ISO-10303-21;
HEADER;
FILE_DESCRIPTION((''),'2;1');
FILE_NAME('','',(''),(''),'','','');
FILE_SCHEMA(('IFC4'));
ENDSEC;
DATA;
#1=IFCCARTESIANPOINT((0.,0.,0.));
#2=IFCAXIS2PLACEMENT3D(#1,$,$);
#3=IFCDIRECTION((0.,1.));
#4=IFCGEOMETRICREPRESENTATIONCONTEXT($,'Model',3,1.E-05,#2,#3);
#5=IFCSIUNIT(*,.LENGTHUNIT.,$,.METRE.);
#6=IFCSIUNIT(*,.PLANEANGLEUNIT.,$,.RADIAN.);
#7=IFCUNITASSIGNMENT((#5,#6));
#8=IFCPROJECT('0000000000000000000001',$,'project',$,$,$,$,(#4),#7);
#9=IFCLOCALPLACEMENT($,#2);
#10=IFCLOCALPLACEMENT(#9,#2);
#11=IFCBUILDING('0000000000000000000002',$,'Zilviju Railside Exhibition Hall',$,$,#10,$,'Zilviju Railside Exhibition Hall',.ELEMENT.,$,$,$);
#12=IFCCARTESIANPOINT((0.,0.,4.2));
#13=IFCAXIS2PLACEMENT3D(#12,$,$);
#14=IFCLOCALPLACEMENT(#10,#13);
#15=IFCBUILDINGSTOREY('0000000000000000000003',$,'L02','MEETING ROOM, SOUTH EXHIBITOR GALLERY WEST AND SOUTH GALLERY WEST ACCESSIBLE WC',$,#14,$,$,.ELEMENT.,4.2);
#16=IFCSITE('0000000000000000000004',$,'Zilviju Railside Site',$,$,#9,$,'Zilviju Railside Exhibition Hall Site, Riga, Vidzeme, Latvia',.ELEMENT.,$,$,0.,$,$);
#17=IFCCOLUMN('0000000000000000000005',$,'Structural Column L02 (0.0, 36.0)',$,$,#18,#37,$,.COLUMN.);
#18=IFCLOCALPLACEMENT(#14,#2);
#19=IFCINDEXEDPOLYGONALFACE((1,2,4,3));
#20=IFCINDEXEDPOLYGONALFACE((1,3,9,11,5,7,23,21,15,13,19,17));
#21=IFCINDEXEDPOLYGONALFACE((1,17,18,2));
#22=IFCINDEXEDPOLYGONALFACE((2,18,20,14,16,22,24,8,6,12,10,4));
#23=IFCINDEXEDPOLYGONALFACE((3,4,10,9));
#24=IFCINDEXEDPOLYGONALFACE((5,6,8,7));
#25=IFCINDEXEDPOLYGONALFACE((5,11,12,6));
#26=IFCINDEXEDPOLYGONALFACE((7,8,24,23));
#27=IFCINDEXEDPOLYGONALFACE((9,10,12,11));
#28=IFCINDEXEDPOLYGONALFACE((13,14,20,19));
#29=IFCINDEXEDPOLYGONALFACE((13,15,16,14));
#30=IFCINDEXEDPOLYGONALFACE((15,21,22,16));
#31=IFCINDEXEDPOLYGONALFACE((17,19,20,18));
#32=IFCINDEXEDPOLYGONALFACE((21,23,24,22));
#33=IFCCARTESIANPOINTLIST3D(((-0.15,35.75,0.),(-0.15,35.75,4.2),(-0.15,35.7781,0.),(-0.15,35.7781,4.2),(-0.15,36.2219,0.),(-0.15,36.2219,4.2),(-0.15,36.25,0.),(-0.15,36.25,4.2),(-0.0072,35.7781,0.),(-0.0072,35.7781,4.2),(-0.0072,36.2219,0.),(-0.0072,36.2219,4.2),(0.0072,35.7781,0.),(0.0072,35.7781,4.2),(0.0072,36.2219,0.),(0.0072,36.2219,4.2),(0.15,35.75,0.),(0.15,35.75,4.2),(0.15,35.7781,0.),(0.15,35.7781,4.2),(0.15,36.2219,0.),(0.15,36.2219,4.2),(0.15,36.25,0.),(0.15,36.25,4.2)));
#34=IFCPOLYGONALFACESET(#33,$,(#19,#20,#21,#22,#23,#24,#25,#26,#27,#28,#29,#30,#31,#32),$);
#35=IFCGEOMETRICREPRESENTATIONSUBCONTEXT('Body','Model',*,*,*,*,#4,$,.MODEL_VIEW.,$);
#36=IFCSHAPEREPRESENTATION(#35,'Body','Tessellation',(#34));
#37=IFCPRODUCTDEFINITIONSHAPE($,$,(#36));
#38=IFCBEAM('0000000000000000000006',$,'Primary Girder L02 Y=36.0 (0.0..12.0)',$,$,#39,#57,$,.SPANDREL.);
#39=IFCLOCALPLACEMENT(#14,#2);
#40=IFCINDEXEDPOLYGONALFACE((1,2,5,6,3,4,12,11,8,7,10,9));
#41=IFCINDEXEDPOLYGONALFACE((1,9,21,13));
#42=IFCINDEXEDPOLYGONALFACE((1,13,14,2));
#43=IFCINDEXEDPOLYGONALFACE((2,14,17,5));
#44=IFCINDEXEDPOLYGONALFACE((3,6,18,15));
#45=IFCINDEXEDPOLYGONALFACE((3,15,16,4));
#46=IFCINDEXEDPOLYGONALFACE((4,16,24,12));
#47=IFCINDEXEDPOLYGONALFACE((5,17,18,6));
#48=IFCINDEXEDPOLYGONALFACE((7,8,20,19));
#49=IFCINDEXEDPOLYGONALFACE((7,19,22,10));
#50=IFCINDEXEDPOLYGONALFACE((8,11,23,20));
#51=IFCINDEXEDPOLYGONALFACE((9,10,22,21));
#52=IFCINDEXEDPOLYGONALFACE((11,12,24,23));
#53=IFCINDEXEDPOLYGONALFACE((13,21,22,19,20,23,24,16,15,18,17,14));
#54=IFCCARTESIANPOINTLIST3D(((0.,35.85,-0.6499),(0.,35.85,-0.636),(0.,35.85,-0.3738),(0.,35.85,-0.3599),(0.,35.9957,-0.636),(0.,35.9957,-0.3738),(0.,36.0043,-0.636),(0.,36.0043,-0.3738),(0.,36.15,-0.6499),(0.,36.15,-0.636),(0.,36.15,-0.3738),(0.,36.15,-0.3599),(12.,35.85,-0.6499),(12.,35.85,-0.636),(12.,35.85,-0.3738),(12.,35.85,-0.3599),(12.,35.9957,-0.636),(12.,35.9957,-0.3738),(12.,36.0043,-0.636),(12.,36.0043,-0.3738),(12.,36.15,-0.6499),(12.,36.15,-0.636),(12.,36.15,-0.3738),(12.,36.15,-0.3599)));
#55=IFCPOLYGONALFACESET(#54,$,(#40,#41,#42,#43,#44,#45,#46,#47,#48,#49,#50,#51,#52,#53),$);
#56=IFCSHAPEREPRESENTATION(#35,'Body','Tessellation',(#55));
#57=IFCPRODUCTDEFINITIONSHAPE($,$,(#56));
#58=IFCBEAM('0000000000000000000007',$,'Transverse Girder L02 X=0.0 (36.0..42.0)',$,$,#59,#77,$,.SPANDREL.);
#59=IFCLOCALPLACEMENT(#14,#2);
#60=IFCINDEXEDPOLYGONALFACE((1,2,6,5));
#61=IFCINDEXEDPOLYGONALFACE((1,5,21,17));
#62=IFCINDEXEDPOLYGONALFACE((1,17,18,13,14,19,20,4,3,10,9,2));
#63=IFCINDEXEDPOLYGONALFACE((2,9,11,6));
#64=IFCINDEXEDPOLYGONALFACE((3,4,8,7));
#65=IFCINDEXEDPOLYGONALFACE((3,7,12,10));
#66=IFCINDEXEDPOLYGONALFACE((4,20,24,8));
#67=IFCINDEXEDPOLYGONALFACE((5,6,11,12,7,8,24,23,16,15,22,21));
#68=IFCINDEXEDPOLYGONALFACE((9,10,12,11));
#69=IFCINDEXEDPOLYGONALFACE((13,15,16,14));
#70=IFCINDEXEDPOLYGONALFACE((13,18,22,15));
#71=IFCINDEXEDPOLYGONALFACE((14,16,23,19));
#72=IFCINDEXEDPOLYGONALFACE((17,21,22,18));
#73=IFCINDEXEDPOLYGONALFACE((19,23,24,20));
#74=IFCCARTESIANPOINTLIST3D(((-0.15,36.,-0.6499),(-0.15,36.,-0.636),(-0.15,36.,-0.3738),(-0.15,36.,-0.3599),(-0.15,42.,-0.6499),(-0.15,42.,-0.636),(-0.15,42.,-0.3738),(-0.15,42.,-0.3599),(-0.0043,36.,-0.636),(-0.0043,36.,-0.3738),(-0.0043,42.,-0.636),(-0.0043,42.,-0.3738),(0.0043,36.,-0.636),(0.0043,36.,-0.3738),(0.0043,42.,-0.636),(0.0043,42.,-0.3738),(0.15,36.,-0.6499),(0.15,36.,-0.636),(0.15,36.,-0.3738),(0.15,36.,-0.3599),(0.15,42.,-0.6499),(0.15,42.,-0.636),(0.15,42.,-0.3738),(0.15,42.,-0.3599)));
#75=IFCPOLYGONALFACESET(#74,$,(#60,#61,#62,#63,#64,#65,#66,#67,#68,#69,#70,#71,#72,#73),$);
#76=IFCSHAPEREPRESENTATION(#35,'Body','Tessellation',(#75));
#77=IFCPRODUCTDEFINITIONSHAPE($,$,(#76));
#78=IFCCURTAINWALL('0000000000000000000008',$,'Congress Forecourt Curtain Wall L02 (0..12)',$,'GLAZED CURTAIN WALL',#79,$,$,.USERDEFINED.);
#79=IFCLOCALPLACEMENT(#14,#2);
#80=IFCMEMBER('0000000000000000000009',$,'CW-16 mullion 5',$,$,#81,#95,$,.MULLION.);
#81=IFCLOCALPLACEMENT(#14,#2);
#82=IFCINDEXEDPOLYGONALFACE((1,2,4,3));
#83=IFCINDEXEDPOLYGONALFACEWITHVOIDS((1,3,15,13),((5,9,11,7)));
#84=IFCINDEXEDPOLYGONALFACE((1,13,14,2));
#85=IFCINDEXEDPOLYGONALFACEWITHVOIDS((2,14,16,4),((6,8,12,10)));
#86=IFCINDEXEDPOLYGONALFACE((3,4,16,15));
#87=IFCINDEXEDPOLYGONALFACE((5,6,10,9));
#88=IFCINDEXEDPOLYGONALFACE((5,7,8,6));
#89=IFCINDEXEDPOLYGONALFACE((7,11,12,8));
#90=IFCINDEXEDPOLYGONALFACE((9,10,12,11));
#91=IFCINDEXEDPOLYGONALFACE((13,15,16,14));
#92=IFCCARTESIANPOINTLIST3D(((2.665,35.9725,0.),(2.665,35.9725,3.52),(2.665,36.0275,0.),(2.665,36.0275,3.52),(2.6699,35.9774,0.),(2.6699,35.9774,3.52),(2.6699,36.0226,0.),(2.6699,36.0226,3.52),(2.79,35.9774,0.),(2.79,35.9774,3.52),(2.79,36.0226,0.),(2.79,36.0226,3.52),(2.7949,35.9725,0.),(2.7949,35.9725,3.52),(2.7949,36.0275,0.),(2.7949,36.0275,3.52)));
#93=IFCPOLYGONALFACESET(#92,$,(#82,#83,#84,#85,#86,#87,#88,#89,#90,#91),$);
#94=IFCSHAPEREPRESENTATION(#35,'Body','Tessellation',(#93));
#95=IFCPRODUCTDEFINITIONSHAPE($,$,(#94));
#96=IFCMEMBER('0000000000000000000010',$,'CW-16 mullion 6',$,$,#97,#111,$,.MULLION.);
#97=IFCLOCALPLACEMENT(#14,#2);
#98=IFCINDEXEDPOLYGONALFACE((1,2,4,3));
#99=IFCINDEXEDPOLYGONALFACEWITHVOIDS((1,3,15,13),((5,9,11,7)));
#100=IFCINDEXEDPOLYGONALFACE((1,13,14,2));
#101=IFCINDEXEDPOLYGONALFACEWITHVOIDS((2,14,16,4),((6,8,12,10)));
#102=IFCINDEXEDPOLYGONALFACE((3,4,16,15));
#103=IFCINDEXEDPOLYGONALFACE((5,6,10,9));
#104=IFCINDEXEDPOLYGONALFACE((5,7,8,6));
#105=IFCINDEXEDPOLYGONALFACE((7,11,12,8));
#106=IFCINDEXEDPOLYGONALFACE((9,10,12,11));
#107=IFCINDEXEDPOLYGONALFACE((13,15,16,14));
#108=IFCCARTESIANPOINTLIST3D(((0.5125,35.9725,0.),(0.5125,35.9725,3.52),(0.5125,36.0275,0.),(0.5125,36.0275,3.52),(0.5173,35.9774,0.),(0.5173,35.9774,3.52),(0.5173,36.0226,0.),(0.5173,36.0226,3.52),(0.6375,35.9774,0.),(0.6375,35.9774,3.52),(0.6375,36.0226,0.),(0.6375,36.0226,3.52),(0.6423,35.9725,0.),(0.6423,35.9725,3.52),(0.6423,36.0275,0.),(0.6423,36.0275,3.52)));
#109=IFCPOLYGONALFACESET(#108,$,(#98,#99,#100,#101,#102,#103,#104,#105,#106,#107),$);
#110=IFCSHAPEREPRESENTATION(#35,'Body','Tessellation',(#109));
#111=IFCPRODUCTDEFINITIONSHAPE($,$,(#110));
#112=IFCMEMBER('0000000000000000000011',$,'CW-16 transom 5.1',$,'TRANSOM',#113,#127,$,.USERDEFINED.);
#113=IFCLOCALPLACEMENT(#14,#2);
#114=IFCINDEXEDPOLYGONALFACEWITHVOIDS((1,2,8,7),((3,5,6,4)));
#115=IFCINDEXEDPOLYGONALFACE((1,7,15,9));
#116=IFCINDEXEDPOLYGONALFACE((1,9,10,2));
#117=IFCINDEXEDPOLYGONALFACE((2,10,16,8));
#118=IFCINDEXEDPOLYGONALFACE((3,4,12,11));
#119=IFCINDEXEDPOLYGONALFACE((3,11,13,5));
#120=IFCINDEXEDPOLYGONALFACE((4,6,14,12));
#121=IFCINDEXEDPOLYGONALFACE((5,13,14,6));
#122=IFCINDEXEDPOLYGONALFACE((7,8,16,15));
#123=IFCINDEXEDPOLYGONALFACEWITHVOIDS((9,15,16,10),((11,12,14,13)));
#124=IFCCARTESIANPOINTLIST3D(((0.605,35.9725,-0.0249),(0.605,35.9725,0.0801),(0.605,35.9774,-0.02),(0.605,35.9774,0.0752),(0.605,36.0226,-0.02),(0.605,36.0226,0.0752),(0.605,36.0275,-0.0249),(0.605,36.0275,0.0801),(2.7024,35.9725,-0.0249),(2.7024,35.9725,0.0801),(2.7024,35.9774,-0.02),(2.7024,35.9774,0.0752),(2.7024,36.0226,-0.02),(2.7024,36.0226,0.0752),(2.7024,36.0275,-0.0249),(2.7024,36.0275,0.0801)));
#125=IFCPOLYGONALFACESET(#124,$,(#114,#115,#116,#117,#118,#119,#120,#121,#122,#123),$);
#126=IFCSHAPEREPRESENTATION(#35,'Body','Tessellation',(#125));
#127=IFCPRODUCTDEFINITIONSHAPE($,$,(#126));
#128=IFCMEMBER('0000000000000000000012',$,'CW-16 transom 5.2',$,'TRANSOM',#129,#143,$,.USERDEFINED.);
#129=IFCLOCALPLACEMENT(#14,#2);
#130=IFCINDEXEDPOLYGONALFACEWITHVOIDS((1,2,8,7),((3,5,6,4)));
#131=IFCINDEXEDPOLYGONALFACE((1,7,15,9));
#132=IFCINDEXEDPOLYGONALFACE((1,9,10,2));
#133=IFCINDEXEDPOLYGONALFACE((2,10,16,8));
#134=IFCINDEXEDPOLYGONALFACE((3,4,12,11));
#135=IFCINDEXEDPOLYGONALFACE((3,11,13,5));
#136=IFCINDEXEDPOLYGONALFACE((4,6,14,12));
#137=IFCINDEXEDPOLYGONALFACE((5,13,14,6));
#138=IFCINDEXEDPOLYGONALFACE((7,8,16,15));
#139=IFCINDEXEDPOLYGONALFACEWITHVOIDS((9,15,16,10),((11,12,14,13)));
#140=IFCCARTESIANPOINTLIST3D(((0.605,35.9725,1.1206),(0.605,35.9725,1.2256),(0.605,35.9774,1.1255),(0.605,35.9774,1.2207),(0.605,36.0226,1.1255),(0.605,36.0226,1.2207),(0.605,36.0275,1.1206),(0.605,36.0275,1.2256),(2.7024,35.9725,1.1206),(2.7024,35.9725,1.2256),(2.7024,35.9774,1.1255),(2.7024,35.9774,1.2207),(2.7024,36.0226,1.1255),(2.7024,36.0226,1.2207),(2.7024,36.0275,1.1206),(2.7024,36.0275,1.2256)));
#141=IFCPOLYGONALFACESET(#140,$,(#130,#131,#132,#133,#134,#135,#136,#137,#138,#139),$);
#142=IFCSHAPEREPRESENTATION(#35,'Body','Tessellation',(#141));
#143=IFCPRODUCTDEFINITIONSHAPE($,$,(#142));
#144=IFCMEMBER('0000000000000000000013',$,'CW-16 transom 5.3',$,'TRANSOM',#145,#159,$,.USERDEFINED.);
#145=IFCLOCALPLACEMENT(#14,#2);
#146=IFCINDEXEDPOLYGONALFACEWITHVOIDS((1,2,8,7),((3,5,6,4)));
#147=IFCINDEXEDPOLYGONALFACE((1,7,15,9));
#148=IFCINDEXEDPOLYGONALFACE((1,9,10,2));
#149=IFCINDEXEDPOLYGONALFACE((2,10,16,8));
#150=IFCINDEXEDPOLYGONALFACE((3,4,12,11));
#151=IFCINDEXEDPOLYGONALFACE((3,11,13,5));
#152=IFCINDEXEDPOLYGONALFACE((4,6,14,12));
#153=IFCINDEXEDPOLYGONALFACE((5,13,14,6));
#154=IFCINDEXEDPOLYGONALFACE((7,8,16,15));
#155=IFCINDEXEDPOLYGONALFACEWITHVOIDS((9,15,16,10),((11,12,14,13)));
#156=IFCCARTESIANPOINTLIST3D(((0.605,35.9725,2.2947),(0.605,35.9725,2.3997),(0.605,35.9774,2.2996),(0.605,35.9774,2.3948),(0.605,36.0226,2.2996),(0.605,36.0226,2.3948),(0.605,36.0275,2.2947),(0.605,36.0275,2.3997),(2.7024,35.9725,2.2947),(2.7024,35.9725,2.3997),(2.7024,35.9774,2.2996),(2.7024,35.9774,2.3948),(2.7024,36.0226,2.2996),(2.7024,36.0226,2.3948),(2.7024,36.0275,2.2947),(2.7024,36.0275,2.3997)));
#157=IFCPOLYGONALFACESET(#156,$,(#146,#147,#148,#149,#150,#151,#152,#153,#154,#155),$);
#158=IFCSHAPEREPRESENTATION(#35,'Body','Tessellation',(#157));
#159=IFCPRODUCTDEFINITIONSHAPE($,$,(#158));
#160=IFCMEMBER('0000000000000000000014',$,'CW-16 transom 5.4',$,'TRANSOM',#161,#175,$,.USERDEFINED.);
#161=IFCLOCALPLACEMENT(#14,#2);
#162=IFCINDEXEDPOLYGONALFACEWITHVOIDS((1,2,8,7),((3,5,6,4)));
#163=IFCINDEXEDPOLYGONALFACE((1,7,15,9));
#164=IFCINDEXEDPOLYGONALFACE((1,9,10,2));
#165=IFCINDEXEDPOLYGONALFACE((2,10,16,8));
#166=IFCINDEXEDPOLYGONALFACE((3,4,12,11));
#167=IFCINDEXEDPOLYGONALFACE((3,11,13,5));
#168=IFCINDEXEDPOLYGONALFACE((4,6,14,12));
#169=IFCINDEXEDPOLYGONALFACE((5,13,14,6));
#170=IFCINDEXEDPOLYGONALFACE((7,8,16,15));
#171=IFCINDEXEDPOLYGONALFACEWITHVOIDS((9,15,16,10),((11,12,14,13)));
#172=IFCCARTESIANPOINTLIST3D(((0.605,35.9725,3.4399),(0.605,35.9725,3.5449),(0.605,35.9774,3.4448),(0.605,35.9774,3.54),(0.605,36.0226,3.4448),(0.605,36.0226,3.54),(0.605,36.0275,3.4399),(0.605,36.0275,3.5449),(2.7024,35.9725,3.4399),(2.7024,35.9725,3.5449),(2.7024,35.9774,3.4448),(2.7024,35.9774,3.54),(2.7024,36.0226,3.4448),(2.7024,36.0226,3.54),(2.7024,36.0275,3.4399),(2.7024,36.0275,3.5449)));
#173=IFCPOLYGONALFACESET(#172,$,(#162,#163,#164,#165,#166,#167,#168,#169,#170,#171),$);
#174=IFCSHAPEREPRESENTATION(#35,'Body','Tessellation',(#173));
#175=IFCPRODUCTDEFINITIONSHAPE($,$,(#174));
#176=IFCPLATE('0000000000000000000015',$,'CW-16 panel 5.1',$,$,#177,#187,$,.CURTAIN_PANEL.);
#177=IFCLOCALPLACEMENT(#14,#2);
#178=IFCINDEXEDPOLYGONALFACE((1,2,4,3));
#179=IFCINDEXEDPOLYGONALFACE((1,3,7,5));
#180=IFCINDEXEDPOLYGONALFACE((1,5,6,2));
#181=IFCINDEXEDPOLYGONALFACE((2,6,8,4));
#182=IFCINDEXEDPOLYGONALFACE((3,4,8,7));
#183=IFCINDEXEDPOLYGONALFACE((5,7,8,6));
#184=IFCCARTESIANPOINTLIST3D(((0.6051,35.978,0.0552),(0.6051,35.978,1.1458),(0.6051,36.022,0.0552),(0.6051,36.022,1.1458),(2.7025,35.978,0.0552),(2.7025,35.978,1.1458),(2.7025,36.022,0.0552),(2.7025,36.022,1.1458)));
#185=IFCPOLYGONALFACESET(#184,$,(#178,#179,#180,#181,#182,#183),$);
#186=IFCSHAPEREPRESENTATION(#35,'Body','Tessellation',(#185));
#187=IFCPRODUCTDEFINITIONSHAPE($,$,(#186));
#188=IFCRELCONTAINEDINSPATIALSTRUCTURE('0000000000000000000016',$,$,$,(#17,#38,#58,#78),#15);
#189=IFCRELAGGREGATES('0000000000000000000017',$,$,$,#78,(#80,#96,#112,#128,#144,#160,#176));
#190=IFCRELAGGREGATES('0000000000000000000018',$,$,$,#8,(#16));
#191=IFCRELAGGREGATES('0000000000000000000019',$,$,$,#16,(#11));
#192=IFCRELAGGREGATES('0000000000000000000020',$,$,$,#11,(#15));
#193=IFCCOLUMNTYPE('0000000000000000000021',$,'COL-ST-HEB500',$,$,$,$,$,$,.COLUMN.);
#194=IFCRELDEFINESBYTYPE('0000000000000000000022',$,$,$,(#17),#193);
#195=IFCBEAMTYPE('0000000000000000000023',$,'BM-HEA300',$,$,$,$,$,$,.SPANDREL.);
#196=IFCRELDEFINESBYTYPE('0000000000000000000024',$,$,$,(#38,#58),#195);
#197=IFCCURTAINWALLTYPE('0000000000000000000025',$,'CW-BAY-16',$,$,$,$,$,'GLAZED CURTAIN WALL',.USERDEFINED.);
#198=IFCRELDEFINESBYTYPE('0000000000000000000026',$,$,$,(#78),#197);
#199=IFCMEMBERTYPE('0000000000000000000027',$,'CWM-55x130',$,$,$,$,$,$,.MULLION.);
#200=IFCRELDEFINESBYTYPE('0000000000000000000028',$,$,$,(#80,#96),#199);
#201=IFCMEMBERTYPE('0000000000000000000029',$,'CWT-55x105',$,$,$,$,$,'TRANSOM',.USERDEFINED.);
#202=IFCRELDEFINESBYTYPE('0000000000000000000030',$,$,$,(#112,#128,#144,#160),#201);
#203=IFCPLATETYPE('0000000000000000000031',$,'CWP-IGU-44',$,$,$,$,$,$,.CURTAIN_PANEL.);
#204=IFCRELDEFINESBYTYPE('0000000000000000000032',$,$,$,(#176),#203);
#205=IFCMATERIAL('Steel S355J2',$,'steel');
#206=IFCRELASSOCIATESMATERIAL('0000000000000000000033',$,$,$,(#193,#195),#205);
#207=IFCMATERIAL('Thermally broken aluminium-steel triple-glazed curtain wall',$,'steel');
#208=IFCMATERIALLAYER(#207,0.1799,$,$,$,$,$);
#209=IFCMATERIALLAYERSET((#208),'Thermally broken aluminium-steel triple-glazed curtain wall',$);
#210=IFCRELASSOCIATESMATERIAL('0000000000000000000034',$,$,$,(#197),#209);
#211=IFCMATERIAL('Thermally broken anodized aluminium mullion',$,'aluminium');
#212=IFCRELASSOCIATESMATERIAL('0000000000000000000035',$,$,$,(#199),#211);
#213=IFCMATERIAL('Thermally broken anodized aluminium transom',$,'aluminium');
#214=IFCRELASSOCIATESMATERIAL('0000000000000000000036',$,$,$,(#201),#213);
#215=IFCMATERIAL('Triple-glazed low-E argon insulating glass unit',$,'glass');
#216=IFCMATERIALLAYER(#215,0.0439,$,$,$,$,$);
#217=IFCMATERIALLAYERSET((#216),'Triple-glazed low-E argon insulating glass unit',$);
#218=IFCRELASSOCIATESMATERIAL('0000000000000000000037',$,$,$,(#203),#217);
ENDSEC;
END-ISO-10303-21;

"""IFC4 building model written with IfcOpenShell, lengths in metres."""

from ifc_helpers import new_model, si_unit, direction, frame, origin, origin_2d, place, context, subcontext, project, spatial, rectangle, hollow_rectangle, i_section, extrude, material, layer, layer_set, material_profile, profile_set, type_object, element, aggregate, save


model = new_model("IFC4")

# Units and contexts
model_context = context("Model", 3, precision=1e-05, world=origin(), true_north=direction((0.0, 1.0)))
body_context = subcontext(model_context, "Body", "Model", "MODEL_VIEW")
ifc_project = project(units=[si_unit("LENGTHUNIT", "METRE"), si_unit("PLANEANGLEUNIT", "RADIAN")], contexts=[model_context])

# Site, building, storey
site_placement = place(None, origin())
site = spatial("IfcSite", under=ifc_project, at=site_placement, Name="Zilviju Railside Site", LongName="Zilviju Railside Exhibition Hall Site, Riga, Vidzeme, Latvia", CompositionType="ELEMENT", RefElevation=0.0)
building_placement = place(site_placement, origin())
building = spatial("IfcBuilding", under=site, at=building_placement, Name="Zilviju Railside Exhibition Hall", LongName="Zilviju Railside Exhibition Hall", CompositionType="ELEMENT")
storey_placement = place(building_placement, frame((0.0, 0.0, 4.2)))
storey = spatial("IfcBuildingStorey", under=building, at=storey_placement, Name="L02", Description="MEETING ROOM, SOUTH EXHIBITOR GALLERY WEST AND SOUTH GALLERY WEST ACCESSIBLE WC", CompositionType="ELEMENT", Elevation=4.2)

# Column
ifc_material_1 = material(Name="Steel S355J2", Category="steel")
ifc_material_profile_1 = material_profile(ifc_material_1, i_section(OverallWidth=0.3, OverallDepth=0.5, WebThickness=0.0144, FlangeThickness=0.0281, at=origin_2d()), Name="HEB 500")
ifc_profile_set_1 = profile_set([ifc_material_profile_1], Name="Steel S355J2")
column_type = type_object("IfcColumnType", Name="COL-ST-HEB500", PredefinedType="COLUMN", material=ifc_profile_set_1)
column_placement = place(storey_placement, frame((0.0, 36.0, 0.0), z_axis=(0.0, 0.0, 1.0), x_axis=(1.0, 0.0, 0.0)))
element("IfcColumn", 1, at=column_placement, inside=storey, type_object=column_type, Name="Structural Column L02 (0.0, 36.0)", PredefinedType="COLUMN", context=body_context, shape_type="SweptSolid", body=[
    extrude(i_section(OverallWidth=0.3, OverallDepth=0.5, WebThickness=0.0144, FlangeThickness=0.0281, at=origin_2d()), origin(), (0.0, 0.0, 1.0), 4.2),
])

# Beams
ifc_material_profile_2 = material_profile(ifc_material_1, i_section(OverallWidth=0.3, OverallDepth=0.29, WebThickness=0.0085, FlangeThickness=0.0139, at=origin_2d()), Name="HEA 300")
ifc_profile_set_2 = profile_set([ifc_material_profile_2], Name="Steel S355J2")
beam_type = type_object("IfcBeamType", Name="BM-HEA300", PredefinedType="SPANDREL", material=ifc_profile_set_2)
beam_1_placement = place(storey_placement, frame((0.0, 36.0, -0.5049), z_axis=(1.0, 0.0, 0.0), x_axis=(0.0, 1.0, 0.0)))
element("IfcBeam", 2, at=beam_1_placement, inside=storey, type_object=beam_type, Name="Primary Girder L02 Y=36.0 (0.0..12.0)", PredefinedType="SPANDREL", context=body_context, shape_type="SweptSolid", body=[
    extrude(i_section(OverallWidth=0.3, OverallDepth=0.29, WebThickness=0.0085, FlangeThickness=0.0139, at=origin_2d()), origin(), (0.0, 0.0, 1.0), 12.0),
])
beam_2_placement = place(storey_placement, frame((0.0, 36.0, -0.5049), z_axis=(0.0, 1.0, 0.0), x_axis=(-1.0, 0.0, 0.0)))
element("IfcBeam", 3, at=beam_2_placement, inside=storey, type_object=beam_type, Name="Transverse Girder L02 X=0.0 (36.0..42.0)", PredefinedType="SPANDREL", context=body_context, shape_type="SweptSolid", body=[
    extrude(i_section(OverallWidth=0.3, OverallDepth=0.29, WebThickness=0.0085, FlangeThickness=0.0139, at=origin_2d()), origin(), (0.0, 0.0, 1.0), 6.0),
])

# Curtain wall, members, plate
ifc_material_2 = material(Name="Thermally broken aluminium-steel triple-glazed curtain wall", Category="steel")
ifc_layer_1 = layer(ifc_material_2, 0.1799)
ifc_layer_set_1 = layer_set([ifc_layer_1], Name="Thermally broken aluminium-steel triple-glazed curtain wall")
curtain_wall_type = type_object("IfcCurtainWallType", Name="CW-BAY-16", ElementType="GLAZED CURTAIN WALL", PredefinedType="USERDEFINED", material=ifc_layer_set_1)
curtain_wall_placement = place(storey_placement, origin())
curtain_wall = element("IfcCurtainWall", 4, at=curtain_wall_placement, inside=storey, type_object=curtain_wall_type, Name="Congress Forecourt Curtain Wall L02 (0..12)", ObjectType="GLAZED CURTAIN WALL", PredefinedType="USERDEFINED")
ifc_material_3 = material(Name="Thermally broken anodized aluminium mullion", Category="aluminium")
ifc_material_profile_3 = material_profile(ifc_material_3, hollow_rectangle(XDim=0.0549, YDim=0.1299, WallThickness=0.0049, at=origin_2d()), Name="MULLION 130x55x5")
ifc_profile_set_3 = profile_set([ifc_material_profile_3], Name="Thermally broken anodized aluminium mullion")
member_type_1 = type_object("IfcMemberType", Name="CWM-55x130", PredefinedType="MULLION", material=ifc_profile_set_3)
member_1_placement = place(storey_placement, frame((2.73, 36.0, 0.0), z_axis=(0.0, 0.0, 1.0), x_axis=(0.0, -1.0, 0.0)))
member_1 = element("IfcMember", 5, at=member_1_placement, type_object=member_type_1, Name="CW-16 mullion 5", PredefinedType="MULLION", context=body_context, shape_type="SweptSolid", body=[
    extrude(hollow_rectangle(XDim=0.0549, YDim=0.1299, WallThickness=0.0049, at=origin_2d()), origin(), (0.0, 0.0, 1.0), 3.52),
])
member_2_placement = place(storey_placement, frame((0.5774, 36.0, 0.0), z_axis=(0.0, 0.0, 1.0), x_axis=(0.0, -1.0, 0.0)))
member_2 = element("IfcMember", 6, at=member_2_placement, type_object=member_type_1, Name="CW-16 mullion 6", PredefinedType="MULLION", context=body_context, shape_type="SweptSolid", body=[
    extrude(hollow_rectangle(XDim=0.0549, YDim=0.1299, WallThickness=0.0049, at=origin_2d()), origin(), (0.0, 0.0, 1.0), 3.52),
])
ifc_material_4 = material(Name="Thermally broken anodized aluminium transom", Category="aluminium")
ifc_material_profile_4 = material_profile(ifc_material_4, hollow_rectangle(XDim=0.0549, YDim=0.105, WallThickness=0.0049, at=origin_2d()), Name="TRANSOM 105x55x5")
ifc_profile_set_4 = profile_set([ifc_material_profile_4], Name="Thermally broken anodized aluminium transom")
member_type_2 = type_object("IfcMemberType", Name="CWT-55x105", ElementType="TRANSOM", PredefinedType="USERDEFINED", material=ifc_profile_set_4)
member_3_placement = place(storey_placement, frame((2.7024, 36.0, 0.0276), z_axis=(-1.0, 0.0, 0.0), x_axis=(0.0, -1.0, 0.0)))
member_3 = element("IfcMember", 7, at=member_3_placement, type_object=member_type_2, Name="CW-16 transom 5.1", ObjectType="TRANSOM", PredefinedType="USERDEFINED", context=body_context, shape_type="SweptSolid", body=[
    extrude(hollow_rectangle(XDim=0.0549, YDim=0.105, WallThickness=0.0049, at=origin_2d()), origin(), (0.0, 0.0, 1.0), 2.0974),
])
member_4_placement = place(storey_placement, frame((2.7024, 36.0, 1.1731), z_axis=(-1.0, 0.0, 0.0), x_axis=(0.0, -1.0, 0.0)))
member_4 = element("IfcMember", 8, at=member_4_placement, type_object=member_type_2, Name="CW-16 transom 5.2", ObjectType="TRANSOM", PredefinedType="USERDEFINED", context=body_context, shape_type="SweptSolid", body=[
    extrude(hollow_rectangle(XDim=0.0549, YDim=0.105, WallThickness=0.0049, at=origin_2d()), origin(), (0.0, 0.0, 1.0), 2.0974),
])
member_5_placement = place(storey_placement, frame((2.7024, 36.0, 2.3472), z_axis=(-1.0, 0.0, 0.0), x_axis=(0.0, -1.0, 0.0)))
member_5 = element("IfcMember", 9, at=member_5_placement, type_object=member_type_2, Name="CW-16 transom 5.3", ObjectType="TRANSOM", PredefinedType="USERDEFINED", context=body_context, shape_type="SweptSolid", body=[
    extrude(hollow_rectangle(XDim=0.0549, YDim=0.105, WallThickness=0.0049, at=origin_2d()), origin(), (0.0, 0.0, 1.0), 2.0974),
])
member_6_placement = place(storey_placement, frame((2.7024, 36.0, 3.4924), z_axis=(-1.0, 0.0, 0.0), x_axis=(0.0, -1.0, 0.0)))
member_6 = element("IfcMember", 10, at=member_6_placement, type_object=member_type_2, Name="CW-16 transom 5.4", ObjectType="TRANSOM", PredefinedType="USERDEFINED", context=body_context, shape_type="SweptSolid", body=[
    extrude(hollow_rectangle(XDim=0.0549, YDim=0.105, WallThickness=0.0049, at=origin_2d()), origin(), (0.0, 0.0, 1.0), 2.0974),
])
ifc_material_5 = material(Name="Triple-glazed low-E argon insulating glass unit", Category="glass")
ifc_layer_2 = layer(ifc_material_5, 0.0439)
ifc_layer_set_2 = layer_set([ifc_layer_2], Name="Triple-glazed low-E argon insulating glass unit")
plate_type = type_object("IfcPlateType", Name="CWP-IGU-44", PredefinedType="CURTAIN_PANEL", material=ifc_layer_set_2)
plate_1_placement = place(storey_placement, frame((1.6538, 36.0, 0.0552), z_axis=(0.0, 0.0, 1.0), x_axis=(-1.0, 0.0, 0.0)))
plate_1 = element("IfcPlate", 11, at=plate_1_placement, type_object=plate_type, Name="CW-16 panel 5.1", PredefinedType="CURTAIN_PANEL", context=body_context, shape_type="SweptSolid", body=[
    extrude(rectangle(XDim=2.0974, YDim=0.0439, at=origin_2d()), origin(), (0.0, 0.0, 1.0), 1.0906),
])
aggregate(curtain_wall, [member_1, member_2, member_3, member_4, member_5, member_6, plate_1])

save(model, "model.ifc")
